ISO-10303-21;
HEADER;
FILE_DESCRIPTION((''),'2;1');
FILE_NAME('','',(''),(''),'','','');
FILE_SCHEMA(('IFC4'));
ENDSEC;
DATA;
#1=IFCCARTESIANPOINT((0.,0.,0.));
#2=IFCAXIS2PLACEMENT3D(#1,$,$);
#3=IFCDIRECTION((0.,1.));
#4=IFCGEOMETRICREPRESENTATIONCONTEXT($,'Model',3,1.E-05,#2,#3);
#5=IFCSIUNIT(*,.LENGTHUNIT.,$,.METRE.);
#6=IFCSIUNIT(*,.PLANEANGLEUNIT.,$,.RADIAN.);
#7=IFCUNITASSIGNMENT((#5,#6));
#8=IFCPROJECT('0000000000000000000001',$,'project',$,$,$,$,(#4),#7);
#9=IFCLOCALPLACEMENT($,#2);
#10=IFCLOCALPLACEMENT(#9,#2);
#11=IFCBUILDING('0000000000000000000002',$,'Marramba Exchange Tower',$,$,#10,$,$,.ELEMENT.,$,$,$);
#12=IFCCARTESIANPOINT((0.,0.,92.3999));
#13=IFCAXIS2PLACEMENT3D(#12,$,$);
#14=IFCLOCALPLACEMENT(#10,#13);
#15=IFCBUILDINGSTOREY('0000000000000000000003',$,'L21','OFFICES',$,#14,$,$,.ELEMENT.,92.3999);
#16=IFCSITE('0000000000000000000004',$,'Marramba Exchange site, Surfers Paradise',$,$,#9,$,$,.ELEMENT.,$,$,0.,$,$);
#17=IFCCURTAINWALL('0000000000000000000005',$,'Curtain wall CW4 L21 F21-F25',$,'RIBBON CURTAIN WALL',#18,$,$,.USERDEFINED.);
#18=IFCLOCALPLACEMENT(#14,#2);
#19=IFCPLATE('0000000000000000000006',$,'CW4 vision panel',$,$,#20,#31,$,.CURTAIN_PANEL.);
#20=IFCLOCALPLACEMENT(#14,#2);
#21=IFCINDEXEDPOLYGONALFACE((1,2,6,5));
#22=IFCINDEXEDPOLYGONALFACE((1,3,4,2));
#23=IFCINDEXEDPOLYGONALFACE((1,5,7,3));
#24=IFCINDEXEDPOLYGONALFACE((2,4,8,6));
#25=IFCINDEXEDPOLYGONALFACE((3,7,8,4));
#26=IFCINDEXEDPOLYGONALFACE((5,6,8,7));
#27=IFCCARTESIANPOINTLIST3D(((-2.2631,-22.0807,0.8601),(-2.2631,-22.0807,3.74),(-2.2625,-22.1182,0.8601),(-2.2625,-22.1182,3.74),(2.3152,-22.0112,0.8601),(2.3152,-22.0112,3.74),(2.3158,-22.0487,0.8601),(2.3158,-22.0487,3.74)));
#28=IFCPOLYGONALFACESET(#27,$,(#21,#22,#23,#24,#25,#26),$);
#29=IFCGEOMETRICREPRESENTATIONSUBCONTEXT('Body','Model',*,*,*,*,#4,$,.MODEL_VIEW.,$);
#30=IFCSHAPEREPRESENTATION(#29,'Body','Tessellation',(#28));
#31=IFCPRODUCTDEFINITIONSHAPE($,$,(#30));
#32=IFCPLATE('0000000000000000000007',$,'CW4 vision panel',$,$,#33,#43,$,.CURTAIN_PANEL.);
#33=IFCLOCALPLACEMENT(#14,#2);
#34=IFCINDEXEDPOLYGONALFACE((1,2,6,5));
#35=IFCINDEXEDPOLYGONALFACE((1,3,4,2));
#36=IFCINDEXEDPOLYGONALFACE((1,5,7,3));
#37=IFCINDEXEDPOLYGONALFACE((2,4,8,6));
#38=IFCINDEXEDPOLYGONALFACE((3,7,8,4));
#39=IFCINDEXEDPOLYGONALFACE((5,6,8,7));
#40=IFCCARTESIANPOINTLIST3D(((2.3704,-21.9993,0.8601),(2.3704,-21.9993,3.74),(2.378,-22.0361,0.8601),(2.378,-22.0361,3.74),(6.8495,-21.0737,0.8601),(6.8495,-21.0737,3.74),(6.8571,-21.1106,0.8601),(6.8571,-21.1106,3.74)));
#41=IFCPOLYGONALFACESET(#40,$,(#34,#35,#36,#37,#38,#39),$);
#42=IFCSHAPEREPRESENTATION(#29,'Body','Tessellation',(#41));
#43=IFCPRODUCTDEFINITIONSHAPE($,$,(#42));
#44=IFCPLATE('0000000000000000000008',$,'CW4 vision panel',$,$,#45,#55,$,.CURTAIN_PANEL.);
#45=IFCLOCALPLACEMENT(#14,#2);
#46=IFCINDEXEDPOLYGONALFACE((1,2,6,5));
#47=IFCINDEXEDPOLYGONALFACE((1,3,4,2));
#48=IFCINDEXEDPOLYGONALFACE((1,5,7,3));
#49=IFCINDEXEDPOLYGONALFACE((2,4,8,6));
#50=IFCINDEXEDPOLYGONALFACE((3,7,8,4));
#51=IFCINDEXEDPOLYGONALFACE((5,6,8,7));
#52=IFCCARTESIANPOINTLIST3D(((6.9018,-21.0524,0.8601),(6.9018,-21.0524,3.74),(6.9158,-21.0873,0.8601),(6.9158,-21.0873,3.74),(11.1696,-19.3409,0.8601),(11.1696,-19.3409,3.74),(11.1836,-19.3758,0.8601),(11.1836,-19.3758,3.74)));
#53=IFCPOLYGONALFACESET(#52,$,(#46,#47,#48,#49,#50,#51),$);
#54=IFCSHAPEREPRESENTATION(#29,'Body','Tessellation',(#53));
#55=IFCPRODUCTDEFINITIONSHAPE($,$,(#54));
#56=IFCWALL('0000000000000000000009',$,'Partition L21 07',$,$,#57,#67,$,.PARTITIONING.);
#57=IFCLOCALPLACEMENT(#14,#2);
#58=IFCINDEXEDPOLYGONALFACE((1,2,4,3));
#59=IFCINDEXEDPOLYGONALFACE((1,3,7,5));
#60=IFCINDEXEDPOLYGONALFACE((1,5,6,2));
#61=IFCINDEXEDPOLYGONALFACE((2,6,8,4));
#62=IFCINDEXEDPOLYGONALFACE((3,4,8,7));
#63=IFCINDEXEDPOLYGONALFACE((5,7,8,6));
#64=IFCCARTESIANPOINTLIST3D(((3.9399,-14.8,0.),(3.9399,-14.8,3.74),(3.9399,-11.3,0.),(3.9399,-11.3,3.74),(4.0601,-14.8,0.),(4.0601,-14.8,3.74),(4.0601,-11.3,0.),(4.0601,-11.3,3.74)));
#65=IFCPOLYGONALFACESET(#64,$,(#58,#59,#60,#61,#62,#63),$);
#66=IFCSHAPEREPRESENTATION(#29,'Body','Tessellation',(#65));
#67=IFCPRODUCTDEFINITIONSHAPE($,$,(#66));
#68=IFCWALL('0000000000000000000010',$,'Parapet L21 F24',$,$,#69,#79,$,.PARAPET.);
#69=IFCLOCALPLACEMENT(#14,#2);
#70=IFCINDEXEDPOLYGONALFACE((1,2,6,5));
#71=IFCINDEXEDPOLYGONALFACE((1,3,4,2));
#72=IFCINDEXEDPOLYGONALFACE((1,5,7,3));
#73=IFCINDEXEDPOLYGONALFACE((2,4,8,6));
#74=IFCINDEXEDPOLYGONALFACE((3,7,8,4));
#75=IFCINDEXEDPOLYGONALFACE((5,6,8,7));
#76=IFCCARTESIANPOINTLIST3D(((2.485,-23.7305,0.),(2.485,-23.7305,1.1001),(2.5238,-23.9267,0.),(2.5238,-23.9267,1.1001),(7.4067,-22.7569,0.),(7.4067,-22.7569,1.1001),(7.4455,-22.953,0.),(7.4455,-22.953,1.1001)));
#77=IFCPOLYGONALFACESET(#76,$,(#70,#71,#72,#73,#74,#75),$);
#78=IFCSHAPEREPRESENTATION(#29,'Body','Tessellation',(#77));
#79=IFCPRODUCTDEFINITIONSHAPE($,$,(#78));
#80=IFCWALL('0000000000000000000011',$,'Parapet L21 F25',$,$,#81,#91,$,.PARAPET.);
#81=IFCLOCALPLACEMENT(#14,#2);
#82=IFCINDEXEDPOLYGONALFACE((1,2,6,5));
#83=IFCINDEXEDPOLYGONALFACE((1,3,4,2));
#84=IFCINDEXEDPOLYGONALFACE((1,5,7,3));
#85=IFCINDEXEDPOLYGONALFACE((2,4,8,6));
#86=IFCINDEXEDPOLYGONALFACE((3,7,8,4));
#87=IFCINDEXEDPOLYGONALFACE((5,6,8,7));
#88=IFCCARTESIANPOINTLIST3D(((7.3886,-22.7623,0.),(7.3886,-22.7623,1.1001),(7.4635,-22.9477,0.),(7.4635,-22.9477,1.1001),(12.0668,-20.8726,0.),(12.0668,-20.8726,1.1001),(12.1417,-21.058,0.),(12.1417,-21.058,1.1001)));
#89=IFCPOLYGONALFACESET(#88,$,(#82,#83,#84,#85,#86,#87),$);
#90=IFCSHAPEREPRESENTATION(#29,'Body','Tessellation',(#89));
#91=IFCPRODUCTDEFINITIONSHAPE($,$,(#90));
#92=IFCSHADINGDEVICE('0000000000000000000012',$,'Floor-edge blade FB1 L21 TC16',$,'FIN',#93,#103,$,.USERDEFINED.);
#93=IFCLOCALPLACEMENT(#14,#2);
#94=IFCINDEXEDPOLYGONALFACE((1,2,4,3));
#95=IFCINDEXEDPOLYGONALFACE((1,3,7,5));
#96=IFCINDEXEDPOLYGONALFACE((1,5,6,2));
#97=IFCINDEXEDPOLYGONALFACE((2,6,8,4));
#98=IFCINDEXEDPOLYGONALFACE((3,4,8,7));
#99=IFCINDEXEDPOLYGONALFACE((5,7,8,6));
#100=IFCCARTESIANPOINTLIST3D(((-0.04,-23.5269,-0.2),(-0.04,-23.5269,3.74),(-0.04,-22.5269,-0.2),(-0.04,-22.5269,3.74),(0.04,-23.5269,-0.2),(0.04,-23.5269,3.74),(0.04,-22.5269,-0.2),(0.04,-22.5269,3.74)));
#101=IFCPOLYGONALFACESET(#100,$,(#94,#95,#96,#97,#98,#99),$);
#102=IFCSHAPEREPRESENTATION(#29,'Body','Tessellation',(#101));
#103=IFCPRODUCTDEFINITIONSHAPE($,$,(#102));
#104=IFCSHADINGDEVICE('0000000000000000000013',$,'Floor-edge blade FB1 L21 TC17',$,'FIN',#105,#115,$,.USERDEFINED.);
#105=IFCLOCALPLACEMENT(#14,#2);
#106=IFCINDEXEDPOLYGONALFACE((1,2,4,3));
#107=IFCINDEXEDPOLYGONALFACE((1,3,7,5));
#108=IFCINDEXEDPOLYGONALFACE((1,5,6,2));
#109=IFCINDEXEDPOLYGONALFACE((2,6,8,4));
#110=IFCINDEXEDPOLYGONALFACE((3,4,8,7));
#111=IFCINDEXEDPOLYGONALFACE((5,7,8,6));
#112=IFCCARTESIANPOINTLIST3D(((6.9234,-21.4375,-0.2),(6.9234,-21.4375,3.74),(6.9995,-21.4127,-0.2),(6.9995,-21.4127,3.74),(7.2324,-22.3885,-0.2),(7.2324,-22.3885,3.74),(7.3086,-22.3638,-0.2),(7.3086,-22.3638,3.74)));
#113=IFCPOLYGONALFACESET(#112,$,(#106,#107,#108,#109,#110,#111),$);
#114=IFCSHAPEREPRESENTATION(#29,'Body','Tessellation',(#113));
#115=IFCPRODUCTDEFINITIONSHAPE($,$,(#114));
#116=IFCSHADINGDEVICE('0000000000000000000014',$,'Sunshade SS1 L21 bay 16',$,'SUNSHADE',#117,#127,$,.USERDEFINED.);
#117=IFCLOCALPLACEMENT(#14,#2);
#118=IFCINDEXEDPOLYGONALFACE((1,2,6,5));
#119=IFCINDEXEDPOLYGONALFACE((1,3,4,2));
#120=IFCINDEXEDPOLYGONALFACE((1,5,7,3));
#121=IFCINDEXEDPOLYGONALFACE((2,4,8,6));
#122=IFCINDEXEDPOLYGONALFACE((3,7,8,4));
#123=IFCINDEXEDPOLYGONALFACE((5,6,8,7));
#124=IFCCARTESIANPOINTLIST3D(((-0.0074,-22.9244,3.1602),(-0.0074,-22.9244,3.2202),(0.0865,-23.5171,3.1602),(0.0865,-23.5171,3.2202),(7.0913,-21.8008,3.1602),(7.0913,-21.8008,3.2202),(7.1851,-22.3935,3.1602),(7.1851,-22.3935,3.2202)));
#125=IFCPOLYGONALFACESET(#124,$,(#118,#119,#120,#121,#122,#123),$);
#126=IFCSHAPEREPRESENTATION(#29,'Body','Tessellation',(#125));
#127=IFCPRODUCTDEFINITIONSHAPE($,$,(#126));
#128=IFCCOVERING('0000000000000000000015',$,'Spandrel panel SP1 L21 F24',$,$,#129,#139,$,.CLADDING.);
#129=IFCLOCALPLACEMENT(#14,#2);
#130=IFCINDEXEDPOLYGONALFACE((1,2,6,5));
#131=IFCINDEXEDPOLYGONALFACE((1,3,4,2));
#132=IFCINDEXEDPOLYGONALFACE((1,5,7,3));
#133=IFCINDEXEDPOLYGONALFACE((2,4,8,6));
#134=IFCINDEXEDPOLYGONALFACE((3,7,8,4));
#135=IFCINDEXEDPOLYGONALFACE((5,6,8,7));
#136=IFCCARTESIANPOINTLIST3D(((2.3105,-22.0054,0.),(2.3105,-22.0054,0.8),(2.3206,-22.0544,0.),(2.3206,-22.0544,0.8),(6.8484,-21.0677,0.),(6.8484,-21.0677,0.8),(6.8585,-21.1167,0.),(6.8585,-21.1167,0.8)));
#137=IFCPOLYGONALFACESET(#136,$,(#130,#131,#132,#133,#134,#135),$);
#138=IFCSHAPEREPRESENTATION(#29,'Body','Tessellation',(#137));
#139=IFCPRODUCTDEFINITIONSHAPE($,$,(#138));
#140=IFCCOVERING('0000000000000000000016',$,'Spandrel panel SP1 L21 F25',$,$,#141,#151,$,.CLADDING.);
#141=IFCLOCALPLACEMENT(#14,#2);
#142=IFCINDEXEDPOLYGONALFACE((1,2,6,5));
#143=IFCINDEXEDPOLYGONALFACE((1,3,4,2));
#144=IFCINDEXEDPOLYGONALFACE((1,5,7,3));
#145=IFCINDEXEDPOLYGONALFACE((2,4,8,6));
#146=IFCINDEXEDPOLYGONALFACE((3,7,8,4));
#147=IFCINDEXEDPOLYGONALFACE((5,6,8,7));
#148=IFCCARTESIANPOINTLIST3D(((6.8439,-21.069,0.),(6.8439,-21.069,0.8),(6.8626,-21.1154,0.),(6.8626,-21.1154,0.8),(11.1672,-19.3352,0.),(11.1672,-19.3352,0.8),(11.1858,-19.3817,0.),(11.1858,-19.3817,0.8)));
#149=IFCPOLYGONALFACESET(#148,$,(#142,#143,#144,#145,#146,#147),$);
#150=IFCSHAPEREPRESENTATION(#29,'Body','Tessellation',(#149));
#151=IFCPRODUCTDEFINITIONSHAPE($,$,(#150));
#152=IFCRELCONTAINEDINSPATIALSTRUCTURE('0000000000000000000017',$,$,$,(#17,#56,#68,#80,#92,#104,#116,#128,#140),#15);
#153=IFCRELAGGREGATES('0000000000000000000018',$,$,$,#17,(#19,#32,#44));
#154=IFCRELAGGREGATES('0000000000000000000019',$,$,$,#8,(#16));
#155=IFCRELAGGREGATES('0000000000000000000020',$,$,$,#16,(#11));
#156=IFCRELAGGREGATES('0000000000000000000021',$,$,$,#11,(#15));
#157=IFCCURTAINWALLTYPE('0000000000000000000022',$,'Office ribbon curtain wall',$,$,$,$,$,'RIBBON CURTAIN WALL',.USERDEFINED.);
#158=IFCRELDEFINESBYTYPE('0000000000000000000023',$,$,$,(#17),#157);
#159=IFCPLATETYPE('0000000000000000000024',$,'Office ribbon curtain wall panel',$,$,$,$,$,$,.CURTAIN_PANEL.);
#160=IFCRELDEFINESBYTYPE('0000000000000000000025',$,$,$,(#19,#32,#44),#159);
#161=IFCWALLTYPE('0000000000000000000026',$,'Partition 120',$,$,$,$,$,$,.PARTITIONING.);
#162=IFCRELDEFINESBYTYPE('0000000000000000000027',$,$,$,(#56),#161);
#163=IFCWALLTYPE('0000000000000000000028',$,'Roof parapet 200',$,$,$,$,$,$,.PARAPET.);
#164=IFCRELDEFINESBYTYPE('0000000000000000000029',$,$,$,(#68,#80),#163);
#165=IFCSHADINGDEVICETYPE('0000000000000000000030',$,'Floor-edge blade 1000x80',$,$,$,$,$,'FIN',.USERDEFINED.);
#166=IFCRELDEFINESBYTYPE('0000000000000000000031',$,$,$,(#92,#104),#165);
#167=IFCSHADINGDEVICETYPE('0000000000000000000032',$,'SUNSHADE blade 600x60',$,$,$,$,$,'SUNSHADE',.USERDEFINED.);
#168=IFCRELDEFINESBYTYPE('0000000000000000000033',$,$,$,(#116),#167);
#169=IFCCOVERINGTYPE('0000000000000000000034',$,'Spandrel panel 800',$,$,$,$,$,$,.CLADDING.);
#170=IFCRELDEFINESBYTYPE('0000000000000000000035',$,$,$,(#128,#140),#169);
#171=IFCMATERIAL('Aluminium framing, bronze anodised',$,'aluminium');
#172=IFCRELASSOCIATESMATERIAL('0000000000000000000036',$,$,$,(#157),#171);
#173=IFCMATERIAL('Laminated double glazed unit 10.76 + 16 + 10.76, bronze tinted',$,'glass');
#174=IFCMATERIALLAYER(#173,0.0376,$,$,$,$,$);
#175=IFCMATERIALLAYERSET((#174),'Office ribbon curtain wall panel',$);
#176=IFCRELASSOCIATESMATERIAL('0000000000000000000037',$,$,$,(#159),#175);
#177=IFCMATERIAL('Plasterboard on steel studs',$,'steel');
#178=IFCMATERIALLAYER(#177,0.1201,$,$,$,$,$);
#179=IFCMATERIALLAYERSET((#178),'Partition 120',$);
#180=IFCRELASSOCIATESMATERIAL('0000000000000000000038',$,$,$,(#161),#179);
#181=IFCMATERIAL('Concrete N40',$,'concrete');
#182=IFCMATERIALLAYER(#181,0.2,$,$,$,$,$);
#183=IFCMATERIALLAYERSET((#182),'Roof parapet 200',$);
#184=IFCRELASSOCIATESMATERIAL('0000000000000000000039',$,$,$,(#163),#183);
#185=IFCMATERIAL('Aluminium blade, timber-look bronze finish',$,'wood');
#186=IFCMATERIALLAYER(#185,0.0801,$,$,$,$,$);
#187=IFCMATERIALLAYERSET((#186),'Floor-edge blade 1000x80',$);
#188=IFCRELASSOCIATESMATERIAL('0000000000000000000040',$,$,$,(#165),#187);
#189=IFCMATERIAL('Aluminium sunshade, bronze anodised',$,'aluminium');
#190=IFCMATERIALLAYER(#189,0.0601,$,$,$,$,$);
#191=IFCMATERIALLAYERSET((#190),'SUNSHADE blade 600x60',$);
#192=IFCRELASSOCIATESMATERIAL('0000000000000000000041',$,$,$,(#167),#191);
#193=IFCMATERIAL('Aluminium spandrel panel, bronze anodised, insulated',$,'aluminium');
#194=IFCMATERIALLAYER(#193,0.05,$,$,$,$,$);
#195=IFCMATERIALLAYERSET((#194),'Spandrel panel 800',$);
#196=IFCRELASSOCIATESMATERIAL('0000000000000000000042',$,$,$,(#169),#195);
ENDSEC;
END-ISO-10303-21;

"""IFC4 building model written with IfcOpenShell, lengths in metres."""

from ifc_helpers import new_model, si_unit, direction, frame, frame_2d, origin, origin_2d, place, context, subcontext, project, spatial, rectangle, extrude, material, layer, layer_set, type_object, element, aggregate, save


model = new_model("IFC4")

# Units and contexts
model_context = context("Model", 3, precision=1e-05, world=origin(), true_north=direction((0.0, 1.0)))
body_context = subcontext(model_context, "Body", "Model", "MODEL_VIEW")
ifc_project = project(units=[si_unit("LENGTHUNIT", "METRE"), si_unit("PLANEANGLEUNIT", "RADIAN")], contexts=[model_context])

# Site, building, storey
site_placement = place(None, origin())
site = spatial("IfcSite", under=ifc_project, at=site_placement, Name="Marramba Exchange site, Surfers Paradise", CompositionType="ELEMENT", RefElevation=0.0)
building_placement = place(site_placement, origin())
building = spatial("IfcBuilding", under=site, at=building_placement, Name="Marramba Exchange Tower", CompositionType="ELEMENT")
storey_placement = place(building_placement, frame((0.0, 0.0, 92.3999)))
storey = spatial("IfcBuildingStorey", under=building, at=storey_placement, Name="L21", Description="OFFICES", CompositionType="ELEMENT", Elevation=92.3999)

# Curtain wall
ifc_material_1 = material(Name="Aluminium framing, bronze anodised", Category="aluminium")
curtain_wall_type = type_object("IfcCurtainWallType", Name="Office ribbon curtain wall", ElementType="RIBBON CURTAIN WALL", PredefinedType="USERDEFINED", material=ifc_material_1)
curtain_wall_placement = place(storey_placement, origin())
curtain_wall = element("IfcCurtainWall", 1, at=curtain_wall_placement, inside=storey, type_object=curtain_wall_type, Name="Curtain wall CW4 L21 F21-F25", ObjectType="RIBBON CURTAIN WALL", PredefinedType="USERDEFINED")

# Plates
ifc_material_2 = material(Name="Laminated double glazed unit 10.76 + 16 + 10.76, bronze tinted", Category="glass")
ifc_layer_1 = layer(ifc_material_2, 0.0376)
ifc_layer_set_1 = layer_set([ifc_layer_1], Name="Office ribbon curtain wall panel")
plate_type = type_object("IfcPlateType", Name="Office ribbon curtain wall panel", PredefinedType="CURTAIN_PANEL", material=ifc_layer_set_1)
plate_1_placement = place(storey_placement, frame((0.0264, -22.0647, 0.8601), z_axis=(0.0, 0.0, 1.0), x_axis=(0.999885, 0.015179, 0.0)))
plate_1 = element("IfcPlate", 2, at=plate_1_placement, type_object=plate_type, Name="CW4 vision panel", PredefinedType="CURTAIN_PANEL", context=body_context, shape_type="SweptSolid", body=[
    extrude(rectangle(XDim=4.5789, YDim=0.0376, at=origin_2d()), origin(), (0.0, 0.0, 1.0), 2.8799),
])
plate_2_placement = place(storey_placement, frame((4.6138, -21.5549, 0.8601), z_axis=(0.0, 0.0, 1.0), x_axis=(0.97931, 0.202365, 0.0)))
plate_2 = element("IfcPlate", 3, at=plate_2_placement, type_object=plate_type, Name="CW4 vision panel", PredefinedType="CURTAIN_PANEL", context=body_context, shape_type="SweptSolid", body=[
    extrude(rectangle(XDim=4.5737, YDim=0.0376, at=origin_2d()), origin(), (0.0, 0.0, 1.0), 2.8799),
])
plate_3_placement = place(storey_placement, frame((9.0427, -20.2141, 0.8601), z_axis=(0.0, 0.0, 1.0), x_axis=(0.928149, 0.372209, 0.0)))
plate_3 = element("IfcPlate", 4, at=plate_3_placement, type_object=plate_type, Name="CW4 vision panel", PredefinedType="CURTAIN_PANEL", context=body_context, shape_type="SweptSolid", body=[
    extrude(rectangle(XDim=4.5981, YDim=0.0376, at=origin_2d()), origin(), (0.0, 0.0, 1.0), 2.8799),
])
aggregate(curtain_wall, [plate_1, plate_2, plate_3])

# Walls
ifc_material_3 = material(Name="Plasterboard on steel studs", Category="steel")
ifc_layer_2 = layer(ifc_material_3, 0.1201)
ifc_layer_set_2 = layer_set([ifc_layer_2], Name="Partition 120")
wall_type_1 = type_object("IfcWallType", Name="Partition 120", PredefinedType="PARTITIONING", material=ifc_layer_set_2)
wall_1_placement = place(storey_placement, frame((4.0, -14.8, 0.0), z_axis=(0.0, 0.0, 1.0), x_axis=(0.0, 1.0, 0.0)))
element("IfcWall", 5, at=wall_1_placement, inside=storey, type_object=wall_type_1, Name="Partition L21 07", PredefinedType="PARTITIONING", context=body_context, shape_type="SweptSolid", body=[
    extrude(rectangle(XDim=3.5, YDim=0.1201, at=frame_2d((1.75, 0.0))), origin(), (0.0, 0.0, 1.0), 3.74),
])
ifc_material_4 = material(Name="Concrete N40", Category="concrete")
ifc_layer_3 = layer(ifc_material_4, 0.2)
ifc_layer_set_3 = layer_set([ifc_layer_3], Name="Roof parapet 200")
wall_type_2 = type_object("IfcWallType", Name="Roof parapet 200", PredefinedType="PARAPET", material=ifc_layer_set_3)
wall_2_placement = place(storey_placement, frame((2.5044, -23.8286, 0.0), z_axis=(0.0, 0.0, 1.0), x_axis=(0.980988, 0.194066, 0.0)))
element("IfcWall", 6, at=wall_2_placement, inside=storey, type_object=wall_type_2, Name="Parapet L21 F24", PredefinedType="PARAPET", context=body_context, shape_type="SweptSolid", body=[
    extrude(rectangle(XDim=5.0171, YDim=0.2, at=frame_2d((2.5085, 0.0))), origin(), (0.0, 0.0, 1.0), 1.1001),
])
wall_3_placement = place(storey_placement, frame((7.426, -22.855, 0.0), z_axis=(0.0, 0.0, 1.0), x_axis=(0.927217, 0.374525, 0.0)))
element("IfcWall", 7, at=wall_3_placement, inside=storey, type_object=wall_type_2, Name="Parapet L21 F25", PredefinedType="PARAPET", context=body_context, shape_type="SweptSolid", body=[
    extrude(rectangle(XDim=5.0454, YDim=0.2, at=frame_2d((2.5227, 0.0))), origin(), (0.0, 0.0, 1.0), 1.1001),
])

# Shading devices
ifc_material_5 = material(Name="Aluminium blade, timber-look bronze finish", Category="wood")
ifc_layer_4 = layer(ifc_material_5, 0.0801)
ifc_layer_set_4 = layer_set([ifc_layer_4], Name="Floor-edge blade 1000x80")
shading_device_type_1 = type_object("IfcShadingDeviceType", Name="Floor-edge blade 1000x80", ElementType="FIN", PredefinedType="USERDEFINED", material=ifc_layer_set_4)
for number, where, z_axis, x_axis, name in (
    (8, (0.0, -23.0269, -0.2), (0.0, 0.0, 1.0), (0.0, -1.0, 0.0), "Floor-edge blade FB1 L21 TC16"),
    (9, (7.116, -21.9006, -0.2), (0.0, 0.0, 1.0), (0.309017, -0.951057, 0.0), "Floor-edge blade FB1 L21 TC17"),
):
    element("IfcShadingDevice", number, at=place(storey_placement, frame(where, z_axis=z_axis, x_axis=x_axis)), inside=storey, type_object=shading_device_type_1, Name=name, ObjectType="FIN", PredefinedType="USERDEFINED", context=body_context, shape_type="SweptSolid", body=[
        extrude(rectangle(XDim=1.0, YDim=0.0801, at=origin_2d()), origin(), (0.0, 0.0, 1.0), 3.9399),
    ])
ifc_material_6 = material(Name="Aluminium sunshade, bronze anodised", Category="aluminium")
ifc_layer_5 = layer(ifc_material_6, 0.0601)
ifc_layer_set_5 = layer_set([ifc_layer_5], Name="SUNSHADE blade 600x60")
shading_device_type_2 = type_object("IfcShadingDeviceType", Name="SUNSHADE blade 600x60", ElementType="SUNSHADE", PredefinedType="USERDEFINED", material=ifc_layer_set_5)
shading_device_placement = place(storey_placement, frame((3.5889, -22.6589, 3.1602), z_axis=(0.0, 0.0, 1.0), x_axis=(0.987705, 0.15633, 0.0)))
element("IfcShadingDevice", 10, at=shading_device_placement, inside=storey, type_object=shading_device_type_2, Name="Sunshade SS1 L21 bay 16", ObjectType="SUNSHADE", PredefinedType="USERDEFINED", context=body_context, shape_type="SweptSolid", body=[
    extrude(rectangle(XDim=7.187, YDim=0.6001, at=origin_2d()), origin(), (0.0, 0.0, 1.0), 0.0601),
])

# Coverings
ifc_material_7 = material(Name="Aluminium spandrel panel, bronze anodised, insulated", Category="aluminium")
ifc_layer_6 = layer(ifc_material_7, 0.05)
ifc_layer_set_6 = layer_set([ifc_layer_6], Name="Spandrel panel 800")
covering_type = type_object("IfcCoveringType", Name="Spandrel panel 800", PredefinedType="CLADDING", material=ifc_layer_set_6)
covering_1_placement = place(storey_placement, frame((4.5845, -21.561, 0.0), z_axis=(0.0, 0.0, 1.0), x_axis=(0.97931, 0.202365, 0.0)))
element("IfcCovering", 11, at=covering_1_placement, inside=storey, type_object=covering_type, Name="Spandrel panel SP1 L21 F24", PredefinedType="CLADDING", context=body_context, shape_type="SweptSolid", body=[
    extrude(rectangle(XDim=4.6338, YDim=0.05, at=origin_2d()), origin(), (0.0, 0.0, 1.0), 0.8),
])
covering_2_placement = place(storey_placement, frame((9.0149, -20.2253, 0.0), z_axis=(0.0, 0.0, 1.0), x_axis=(0.928149, 0.372209, 0.0)))
element("IfcCovering", 12, at=covering_2_placement, inside=storey, type_object=covering_type, Name="Spandrel panel SP1 L21 F25", PredefinedType="CLADDING", context=body_context, shape_type="SweptSolid", body=[
    extrude(rectangle(XDim=4.658, YDim=0.05, at=origin_2d()), origin(), (0.0, 0.0, 1.0), 0.8),
])

save(model, "model.ifc")
